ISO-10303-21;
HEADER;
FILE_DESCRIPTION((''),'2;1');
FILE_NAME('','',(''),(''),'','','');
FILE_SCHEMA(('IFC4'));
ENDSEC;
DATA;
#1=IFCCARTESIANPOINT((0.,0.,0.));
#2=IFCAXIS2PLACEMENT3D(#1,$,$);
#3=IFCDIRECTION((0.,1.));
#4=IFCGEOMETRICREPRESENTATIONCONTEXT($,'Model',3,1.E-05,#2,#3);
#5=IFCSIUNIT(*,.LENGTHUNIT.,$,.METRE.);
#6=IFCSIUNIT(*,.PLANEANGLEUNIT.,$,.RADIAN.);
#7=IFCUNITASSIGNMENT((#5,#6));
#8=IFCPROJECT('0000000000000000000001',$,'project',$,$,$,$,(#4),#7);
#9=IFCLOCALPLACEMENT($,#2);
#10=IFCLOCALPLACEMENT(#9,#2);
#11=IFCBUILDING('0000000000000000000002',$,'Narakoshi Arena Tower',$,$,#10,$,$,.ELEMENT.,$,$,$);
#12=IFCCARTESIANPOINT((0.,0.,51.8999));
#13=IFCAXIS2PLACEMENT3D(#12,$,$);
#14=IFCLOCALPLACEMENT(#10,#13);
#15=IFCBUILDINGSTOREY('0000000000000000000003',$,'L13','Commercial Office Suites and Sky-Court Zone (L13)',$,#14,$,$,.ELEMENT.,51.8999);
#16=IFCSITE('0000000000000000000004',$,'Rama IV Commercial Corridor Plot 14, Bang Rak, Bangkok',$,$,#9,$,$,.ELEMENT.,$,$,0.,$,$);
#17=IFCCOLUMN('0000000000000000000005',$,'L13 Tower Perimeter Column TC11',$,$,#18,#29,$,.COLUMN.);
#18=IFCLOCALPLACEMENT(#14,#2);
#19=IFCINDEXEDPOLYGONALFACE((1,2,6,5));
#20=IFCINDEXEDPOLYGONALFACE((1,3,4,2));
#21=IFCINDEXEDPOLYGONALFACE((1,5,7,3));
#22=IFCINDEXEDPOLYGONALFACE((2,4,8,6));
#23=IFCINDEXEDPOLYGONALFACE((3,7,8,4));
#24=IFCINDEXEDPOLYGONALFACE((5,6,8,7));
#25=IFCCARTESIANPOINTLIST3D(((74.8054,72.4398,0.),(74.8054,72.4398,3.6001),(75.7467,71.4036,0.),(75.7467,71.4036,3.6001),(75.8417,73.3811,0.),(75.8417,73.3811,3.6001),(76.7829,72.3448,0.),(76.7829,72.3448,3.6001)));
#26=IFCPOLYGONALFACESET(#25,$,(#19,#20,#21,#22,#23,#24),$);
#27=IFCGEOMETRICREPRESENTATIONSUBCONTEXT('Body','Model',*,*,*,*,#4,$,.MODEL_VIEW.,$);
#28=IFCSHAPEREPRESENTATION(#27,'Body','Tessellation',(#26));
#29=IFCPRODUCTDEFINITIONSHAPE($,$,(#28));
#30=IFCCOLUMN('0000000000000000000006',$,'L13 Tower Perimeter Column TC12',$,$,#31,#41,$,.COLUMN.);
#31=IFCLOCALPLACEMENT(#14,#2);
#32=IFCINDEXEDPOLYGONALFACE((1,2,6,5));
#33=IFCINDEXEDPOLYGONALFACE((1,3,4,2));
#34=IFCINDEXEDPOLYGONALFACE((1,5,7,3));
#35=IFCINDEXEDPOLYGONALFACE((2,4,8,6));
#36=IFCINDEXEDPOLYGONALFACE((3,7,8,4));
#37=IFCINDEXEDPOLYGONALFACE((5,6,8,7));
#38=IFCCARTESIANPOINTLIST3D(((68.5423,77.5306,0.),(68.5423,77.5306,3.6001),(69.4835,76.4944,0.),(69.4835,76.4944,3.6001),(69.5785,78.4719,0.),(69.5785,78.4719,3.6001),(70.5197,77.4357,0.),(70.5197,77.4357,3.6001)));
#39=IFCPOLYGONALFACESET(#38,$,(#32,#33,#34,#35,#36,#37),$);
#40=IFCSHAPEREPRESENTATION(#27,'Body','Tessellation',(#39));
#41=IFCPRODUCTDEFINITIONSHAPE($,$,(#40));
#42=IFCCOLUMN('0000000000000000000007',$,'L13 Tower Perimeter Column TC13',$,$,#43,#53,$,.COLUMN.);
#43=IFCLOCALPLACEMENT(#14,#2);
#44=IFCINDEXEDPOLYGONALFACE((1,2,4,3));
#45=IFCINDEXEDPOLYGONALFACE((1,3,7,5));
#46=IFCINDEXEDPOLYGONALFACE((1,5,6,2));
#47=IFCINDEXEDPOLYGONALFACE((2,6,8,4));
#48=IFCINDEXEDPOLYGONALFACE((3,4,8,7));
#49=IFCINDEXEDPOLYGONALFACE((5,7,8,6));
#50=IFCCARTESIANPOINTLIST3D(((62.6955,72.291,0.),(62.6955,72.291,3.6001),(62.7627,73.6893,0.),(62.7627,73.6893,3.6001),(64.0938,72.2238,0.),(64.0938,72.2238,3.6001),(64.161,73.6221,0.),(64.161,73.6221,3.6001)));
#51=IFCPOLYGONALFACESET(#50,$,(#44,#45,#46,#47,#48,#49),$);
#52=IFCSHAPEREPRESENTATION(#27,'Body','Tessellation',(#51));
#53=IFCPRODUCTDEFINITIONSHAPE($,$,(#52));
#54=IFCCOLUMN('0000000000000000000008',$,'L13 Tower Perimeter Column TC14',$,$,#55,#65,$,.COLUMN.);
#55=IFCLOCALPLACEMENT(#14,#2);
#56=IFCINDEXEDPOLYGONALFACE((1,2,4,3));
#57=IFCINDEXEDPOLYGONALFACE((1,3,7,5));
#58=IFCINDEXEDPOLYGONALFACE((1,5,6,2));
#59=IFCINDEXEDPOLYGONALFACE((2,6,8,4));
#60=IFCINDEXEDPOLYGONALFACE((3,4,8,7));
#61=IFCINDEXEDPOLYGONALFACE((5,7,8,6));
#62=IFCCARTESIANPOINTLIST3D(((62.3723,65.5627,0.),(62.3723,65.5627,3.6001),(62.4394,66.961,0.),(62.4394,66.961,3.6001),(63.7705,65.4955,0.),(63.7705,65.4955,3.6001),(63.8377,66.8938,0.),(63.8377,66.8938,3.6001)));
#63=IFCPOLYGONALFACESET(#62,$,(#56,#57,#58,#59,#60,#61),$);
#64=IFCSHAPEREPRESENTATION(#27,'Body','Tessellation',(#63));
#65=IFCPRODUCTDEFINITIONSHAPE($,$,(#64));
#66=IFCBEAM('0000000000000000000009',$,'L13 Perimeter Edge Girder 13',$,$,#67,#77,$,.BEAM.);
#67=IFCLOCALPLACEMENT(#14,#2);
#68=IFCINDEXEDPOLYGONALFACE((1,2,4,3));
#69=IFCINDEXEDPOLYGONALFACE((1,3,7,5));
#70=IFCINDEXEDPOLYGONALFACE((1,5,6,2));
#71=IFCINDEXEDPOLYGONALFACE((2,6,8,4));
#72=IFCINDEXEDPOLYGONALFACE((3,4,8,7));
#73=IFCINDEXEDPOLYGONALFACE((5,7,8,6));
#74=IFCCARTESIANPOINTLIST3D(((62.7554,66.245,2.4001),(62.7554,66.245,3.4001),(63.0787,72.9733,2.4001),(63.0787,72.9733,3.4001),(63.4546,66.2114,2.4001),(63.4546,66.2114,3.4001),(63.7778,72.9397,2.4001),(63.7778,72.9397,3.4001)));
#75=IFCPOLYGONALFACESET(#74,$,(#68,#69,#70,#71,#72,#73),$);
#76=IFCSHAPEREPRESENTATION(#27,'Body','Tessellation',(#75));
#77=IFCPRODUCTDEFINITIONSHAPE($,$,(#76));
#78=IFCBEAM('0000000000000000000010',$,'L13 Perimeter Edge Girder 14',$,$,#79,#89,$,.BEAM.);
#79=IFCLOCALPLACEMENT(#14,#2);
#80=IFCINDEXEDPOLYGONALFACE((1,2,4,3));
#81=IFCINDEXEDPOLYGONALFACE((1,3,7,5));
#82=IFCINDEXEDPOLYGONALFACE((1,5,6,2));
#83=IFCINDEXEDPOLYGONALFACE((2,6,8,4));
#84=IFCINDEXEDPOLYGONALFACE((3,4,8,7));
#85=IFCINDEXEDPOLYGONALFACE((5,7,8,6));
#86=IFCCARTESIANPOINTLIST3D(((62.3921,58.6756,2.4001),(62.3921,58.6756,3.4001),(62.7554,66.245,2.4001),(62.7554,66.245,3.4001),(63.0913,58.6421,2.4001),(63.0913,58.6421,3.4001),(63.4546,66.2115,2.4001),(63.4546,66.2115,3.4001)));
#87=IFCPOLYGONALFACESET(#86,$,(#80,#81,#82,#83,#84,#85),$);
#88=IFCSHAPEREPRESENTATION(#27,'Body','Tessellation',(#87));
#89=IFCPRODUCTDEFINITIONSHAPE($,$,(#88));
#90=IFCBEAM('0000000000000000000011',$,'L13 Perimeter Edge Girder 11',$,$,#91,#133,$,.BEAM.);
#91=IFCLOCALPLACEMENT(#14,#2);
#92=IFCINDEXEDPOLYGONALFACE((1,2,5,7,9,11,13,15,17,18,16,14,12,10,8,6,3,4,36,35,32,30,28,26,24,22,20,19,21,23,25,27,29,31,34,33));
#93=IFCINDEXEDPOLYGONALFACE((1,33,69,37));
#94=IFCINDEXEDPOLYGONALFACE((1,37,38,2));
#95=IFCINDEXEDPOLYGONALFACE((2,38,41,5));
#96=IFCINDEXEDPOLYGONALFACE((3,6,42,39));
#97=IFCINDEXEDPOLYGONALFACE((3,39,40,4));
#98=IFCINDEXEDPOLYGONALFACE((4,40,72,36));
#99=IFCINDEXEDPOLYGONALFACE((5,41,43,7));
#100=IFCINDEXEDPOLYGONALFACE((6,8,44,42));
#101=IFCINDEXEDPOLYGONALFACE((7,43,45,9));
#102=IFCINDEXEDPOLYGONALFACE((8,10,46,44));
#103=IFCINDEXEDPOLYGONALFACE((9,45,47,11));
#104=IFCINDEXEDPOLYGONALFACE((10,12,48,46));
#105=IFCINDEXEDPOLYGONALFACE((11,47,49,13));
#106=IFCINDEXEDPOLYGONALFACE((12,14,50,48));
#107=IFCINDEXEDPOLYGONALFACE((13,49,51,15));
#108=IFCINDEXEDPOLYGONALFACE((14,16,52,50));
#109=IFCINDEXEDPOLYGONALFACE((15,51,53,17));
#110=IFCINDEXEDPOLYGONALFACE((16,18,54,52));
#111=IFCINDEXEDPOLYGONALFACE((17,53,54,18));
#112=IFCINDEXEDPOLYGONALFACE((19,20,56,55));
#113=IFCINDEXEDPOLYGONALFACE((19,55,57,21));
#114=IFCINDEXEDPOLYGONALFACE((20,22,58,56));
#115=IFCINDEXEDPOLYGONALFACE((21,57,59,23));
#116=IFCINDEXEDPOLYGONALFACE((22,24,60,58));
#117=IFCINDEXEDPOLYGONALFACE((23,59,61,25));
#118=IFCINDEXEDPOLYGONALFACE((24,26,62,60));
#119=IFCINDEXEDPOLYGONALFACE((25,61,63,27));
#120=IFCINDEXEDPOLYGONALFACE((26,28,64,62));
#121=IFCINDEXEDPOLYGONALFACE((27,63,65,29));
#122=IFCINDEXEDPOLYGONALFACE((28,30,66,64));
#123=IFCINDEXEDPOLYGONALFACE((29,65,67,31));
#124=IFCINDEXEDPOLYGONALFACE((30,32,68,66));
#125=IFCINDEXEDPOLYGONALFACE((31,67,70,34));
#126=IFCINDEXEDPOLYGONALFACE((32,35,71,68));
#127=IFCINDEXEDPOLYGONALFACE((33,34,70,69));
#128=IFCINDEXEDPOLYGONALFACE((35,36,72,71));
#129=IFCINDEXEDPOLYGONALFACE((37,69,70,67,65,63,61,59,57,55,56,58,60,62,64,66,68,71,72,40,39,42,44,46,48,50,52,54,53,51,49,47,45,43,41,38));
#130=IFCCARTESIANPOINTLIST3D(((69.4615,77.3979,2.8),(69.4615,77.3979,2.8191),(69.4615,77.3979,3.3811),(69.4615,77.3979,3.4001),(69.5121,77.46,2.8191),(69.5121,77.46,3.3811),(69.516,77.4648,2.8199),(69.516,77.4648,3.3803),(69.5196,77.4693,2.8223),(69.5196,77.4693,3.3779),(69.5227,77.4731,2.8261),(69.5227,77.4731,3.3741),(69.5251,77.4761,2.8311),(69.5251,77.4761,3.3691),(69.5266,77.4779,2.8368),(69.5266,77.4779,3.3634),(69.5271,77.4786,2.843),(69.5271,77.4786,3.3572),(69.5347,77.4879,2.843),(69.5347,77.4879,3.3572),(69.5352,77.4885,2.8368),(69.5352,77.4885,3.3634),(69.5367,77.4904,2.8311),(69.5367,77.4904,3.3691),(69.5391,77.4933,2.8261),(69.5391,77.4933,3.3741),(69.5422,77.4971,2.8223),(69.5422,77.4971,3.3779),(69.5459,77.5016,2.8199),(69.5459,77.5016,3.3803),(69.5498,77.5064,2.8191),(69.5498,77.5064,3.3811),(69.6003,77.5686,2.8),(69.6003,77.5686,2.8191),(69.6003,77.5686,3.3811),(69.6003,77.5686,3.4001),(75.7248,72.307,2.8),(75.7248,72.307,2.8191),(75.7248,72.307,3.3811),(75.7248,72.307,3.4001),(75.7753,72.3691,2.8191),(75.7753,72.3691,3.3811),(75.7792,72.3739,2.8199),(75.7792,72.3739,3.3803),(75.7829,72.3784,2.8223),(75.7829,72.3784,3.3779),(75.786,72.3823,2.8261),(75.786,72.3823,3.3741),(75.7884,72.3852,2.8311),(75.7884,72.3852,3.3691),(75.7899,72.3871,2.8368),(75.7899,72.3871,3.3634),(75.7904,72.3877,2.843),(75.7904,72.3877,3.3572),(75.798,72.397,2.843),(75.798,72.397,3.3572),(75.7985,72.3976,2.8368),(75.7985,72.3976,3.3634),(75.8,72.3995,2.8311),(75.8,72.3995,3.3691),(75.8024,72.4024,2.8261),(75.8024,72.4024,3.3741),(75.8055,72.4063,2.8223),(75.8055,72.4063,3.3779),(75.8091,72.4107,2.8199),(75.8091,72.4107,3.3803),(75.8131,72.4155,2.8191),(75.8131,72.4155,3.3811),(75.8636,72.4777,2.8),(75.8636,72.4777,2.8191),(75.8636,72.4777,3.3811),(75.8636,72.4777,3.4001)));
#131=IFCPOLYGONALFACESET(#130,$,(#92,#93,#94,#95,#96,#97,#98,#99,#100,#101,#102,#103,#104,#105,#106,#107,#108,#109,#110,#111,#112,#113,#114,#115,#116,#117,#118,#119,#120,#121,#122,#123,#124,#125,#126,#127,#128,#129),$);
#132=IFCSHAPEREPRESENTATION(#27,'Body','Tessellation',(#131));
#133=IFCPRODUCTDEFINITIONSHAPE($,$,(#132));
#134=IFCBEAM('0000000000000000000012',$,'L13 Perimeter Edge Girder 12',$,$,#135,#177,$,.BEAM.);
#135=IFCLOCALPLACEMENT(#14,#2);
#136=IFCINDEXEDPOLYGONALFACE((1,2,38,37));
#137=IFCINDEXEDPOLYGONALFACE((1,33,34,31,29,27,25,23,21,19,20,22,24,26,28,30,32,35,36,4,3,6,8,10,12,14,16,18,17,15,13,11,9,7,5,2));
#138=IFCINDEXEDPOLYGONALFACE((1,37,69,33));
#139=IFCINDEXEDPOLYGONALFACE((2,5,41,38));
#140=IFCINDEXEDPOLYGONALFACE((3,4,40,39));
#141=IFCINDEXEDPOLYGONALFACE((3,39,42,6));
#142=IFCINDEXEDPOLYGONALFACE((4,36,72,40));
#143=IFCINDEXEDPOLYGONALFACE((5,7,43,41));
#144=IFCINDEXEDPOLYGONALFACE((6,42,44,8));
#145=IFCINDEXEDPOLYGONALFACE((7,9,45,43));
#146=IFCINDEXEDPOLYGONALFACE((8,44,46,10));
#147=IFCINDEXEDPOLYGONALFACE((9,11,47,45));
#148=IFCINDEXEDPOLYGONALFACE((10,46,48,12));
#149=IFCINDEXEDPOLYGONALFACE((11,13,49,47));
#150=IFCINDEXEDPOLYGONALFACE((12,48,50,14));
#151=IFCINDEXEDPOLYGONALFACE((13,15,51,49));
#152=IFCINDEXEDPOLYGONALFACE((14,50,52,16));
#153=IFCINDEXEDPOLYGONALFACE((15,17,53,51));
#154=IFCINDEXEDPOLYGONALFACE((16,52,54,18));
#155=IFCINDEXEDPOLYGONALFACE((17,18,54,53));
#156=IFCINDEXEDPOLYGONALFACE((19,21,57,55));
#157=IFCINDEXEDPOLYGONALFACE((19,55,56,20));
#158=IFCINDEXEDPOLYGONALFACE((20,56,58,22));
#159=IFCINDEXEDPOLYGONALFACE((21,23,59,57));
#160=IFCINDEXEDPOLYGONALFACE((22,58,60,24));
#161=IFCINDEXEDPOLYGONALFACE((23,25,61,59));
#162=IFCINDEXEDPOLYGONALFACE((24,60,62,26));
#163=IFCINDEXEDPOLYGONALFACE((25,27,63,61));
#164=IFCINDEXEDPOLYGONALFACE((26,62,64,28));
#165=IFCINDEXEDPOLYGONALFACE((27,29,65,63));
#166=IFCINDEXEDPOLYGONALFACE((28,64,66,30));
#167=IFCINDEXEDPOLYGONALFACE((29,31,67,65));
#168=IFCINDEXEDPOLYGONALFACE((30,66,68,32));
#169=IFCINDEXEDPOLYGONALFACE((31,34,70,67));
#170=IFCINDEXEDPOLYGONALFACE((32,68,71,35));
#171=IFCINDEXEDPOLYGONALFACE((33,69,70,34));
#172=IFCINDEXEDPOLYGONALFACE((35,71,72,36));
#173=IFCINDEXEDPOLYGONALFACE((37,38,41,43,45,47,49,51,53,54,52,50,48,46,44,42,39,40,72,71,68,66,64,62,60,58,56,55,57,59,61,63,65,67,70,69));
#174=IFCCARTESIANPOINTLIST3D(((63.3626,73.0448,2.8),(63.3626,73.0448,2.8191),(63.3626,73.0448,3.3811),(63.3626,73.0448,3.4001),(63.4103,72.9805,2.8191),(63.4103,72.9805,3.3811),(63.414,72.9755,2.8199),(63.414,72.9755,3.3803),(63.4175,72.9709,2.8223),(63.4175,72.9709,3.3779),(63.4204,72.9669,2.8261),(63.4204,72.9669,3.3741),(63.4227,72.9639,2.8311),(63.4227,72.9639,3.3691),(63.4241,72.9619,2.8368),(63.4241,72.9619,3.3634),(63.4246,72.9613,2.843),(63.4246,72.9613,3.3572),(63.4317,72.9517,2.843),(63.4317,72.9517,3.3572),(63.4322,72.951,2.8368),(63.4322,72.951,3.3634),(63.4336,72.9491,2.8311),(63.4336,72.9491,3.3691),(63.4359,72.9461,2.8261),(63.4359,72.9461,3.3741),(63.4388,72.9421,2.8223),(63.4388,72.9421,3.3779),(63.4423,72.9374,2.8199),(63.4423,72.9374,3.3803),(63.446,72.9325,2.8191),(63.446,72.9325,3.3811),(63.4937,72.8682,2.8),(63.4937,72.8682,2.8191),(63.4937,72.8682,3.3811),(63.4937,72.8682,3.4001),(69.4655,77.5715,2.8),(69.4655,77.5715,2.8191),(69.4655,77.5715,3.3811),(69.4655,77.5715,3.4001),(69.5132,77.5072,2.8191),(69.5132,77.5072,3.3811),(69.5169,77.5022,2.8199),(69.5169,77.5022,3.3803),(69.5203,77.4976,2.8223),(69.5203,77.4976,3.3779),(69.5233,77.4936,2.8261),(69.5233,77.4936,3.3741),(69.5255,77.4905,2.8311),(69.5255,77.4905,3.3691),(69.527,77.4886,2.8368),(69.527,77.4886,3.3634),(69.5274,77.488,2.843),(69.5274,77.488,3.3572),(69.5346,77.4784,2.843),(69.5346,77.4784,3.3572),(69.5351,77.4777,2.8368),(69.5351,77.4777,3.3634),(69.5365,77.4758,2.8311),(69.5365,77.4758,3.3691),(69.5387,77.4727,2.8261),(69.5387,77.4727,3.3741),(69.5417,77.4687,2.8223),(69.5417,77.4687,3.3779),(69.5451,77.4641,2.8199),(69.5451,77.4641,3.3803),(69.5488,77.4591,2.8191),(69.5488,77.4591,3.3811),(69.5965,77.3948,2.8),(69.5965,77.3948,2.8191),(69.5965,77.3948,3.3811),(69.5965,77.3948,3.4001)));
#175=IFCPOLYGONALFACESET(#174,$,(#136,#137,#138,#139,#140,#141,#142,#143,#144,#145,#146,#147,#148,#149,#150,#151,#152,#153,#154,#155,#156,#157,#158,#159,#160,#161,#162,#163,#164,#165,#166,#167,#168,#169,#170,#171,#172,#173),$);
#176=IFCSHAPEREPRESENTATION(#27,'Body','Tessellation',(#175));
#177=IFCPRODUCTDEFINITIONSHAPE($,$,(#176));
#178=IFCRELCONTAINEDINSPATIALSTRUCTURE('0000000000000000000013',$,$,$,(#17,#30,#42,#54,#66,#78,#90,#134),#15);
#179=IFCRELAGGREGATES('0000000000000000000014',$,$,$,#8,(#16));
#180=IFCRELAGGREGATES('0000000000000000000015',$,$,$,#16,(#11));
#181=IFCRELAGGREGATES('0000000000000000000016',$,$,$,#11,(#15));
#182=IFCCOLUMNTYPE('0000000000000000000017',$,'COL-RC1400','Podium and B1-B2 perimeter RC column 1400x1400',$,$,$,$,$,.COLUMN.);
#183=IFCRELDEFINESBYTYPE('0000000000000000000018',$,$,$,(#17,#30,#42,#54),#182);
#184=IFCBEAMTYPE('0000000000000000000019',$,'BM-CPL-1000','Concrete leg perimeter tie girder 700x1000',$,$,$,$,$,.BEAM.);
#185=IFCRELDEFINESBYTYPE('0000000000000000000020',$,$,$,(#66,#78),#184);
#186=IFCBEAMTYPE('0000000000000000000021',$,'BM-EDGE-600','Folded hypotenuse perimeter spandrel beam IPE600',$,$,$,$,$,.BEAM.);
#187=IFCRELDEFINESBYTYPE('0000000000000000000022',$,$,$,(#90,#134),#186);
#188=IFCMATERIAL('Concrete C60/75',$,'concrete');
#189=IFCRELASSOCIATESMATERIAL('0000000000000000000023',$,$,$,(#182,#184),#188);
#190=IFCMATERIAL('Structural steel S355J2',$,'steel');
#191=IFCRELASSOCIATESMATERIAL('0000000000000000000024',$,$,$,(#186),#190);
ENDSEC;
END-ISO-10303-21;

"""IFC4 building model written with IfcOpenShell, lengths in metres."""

from ifc_helpers import new_model, si_unit, direction, frame, origin, origin_2d, place, context, subcontext, project, spatial, rectangle, i_section, extrude, material, material_profile, profile_set, type_object, element, save


model = new_model("IFC4")

# Units and contexts
model_context = context("Model", 3, precision=1e-05, world=origin(), true_north=direction((0.0, 1.0)))
body_context = subcontext(model_context, "Body", "Model", "MODEL_VIEW")
ifc_project = project(units=[si_unit("LENGTHUNIT", "METRE"), si_unit("PLANEANGLEUNIT", "RADIAN")], contexts=[model_context])

# Site, building, storey
site_placement = place(None, origin())
site = spatial("IfcSite", under=ifc_project, at=site_placement, Name="Rama IV Commercial Corridor Plot 14, Bang Rak, Bangkok", CompositionType="ELEMENT", RefElevation=0.0)
building_placement = place(site_placement, origin())
building = spatial("IfcBuilding", under=site, at=building_placement, Name="Narakoshi Arena Tower", CompositionType="ELEMENT")
storey_placement = place(building_placement, frame((0.0, 0.0, 51.8999)))
storey = spatial("IfcBuildingStorey", under=building, at=storey_placement, Name="L13", Description="Commercial Office Suites and Sky-Court Zone (L13)", CompositionType="ELEMENT", Elevation=51.8999)

# Columns
ifc_material_1 = material(Name="Concrete C60/75", Category="concrete")
ifc_material_profile_1 = material_profile(ifc_material_1, rectangle(XDim=1.3999, YDim=1.3999, at=origin_2d()), Name="RC1400x1400")
ifc_profile_set_1 = profile_set([ifc_material_profile_1], Name="Concrete C60/75")
column_type = type_object("IfcColumnType", Name="COL-RC1400", Description="Podium and B1-B2 perimeter RC column 1400x1400", PredefinedType="COLUMN", material=ifc_profile_set_1)
for number, where, z_axis, x_axis, name in (
    (1, (75.7942, 72.3923, 0.0), (0.0, 0.0, 1.0), (0.740218, 0.672367, 0.0), "L13 Tower Perimeter Column TC11"),
    (2, (69.531, 77.4832, 0.0), (0.0, 0.0, 1.0), (0.740218, 0.672367, 0.0), "L13 Tower Perimeter Column TC12"),
    (3, (63.4282, 72.9565, 0.0), (0.0, 0.0, 1.0), (0.047978, 0.998848, 0.0), "L13 Tower Perimeter Column TC13"),
    (4, (63.105, 66.2283, 0.0), (0.0, 0.0, 1.0), (0.047978, 0.998848, 0.0), "L13 Tower Perimeter Column TC14"),
):
    element("IfcColumn", number, at=place(storey_placement, frame(where, z_axis=z_axis, x_axis=x_axis)), inside=storey, type_object=column_type, Name=name, PredefinedType="COLUMN", context=body_context, shape_type="SweptSolid", body=[
        extrude(rectangle(XDim=1.3999, YDim=1.3999, at=origin_2d()), origin(), (0.0, 0.0, 1.0), 3.6001),
    ])

# Beams
ifc_material_profile_2 = material_profile(ifc_material_1, rectangle(XDim=0.7, YDim=1.0, at=origin_2d()), Name="RCB700x1000")
ifc_profile_set_2 = profile_set([ifc_material_profile_2], Name="Concrete C60/75")
beam_type_1 = type_object("IfcBeamType", Name="BM-CPL-1000", Description="Concrete leg perimeter tie girder 700x1000", PredefinedType="BEAM", material=ifc_profile_set_2)
beam_1_placement = place(storey_placement, frame((63.4282, 72.9565, 2.9001), z_axis=(-0.047987, -0.998848, 0.0), x_axis=(0.998848, -0.047987, 0.0)))
element("IfcBeam", 5, at=beam_1_placement, inside=storey, type_object=beam_type_1, Name="L13 Perimeter Edge Girder 13", PredefinedType="BEAM", context=body_context, shape_type="SweptSolid", body=[
    extrude(rectangle(XDim=0.7, YDim=1.0, at=origin_2d()), origin(), (0.0, 0.0, 1.0), 6.7361),
])
beam_2_placement = place(storey_placement, frame((63.105, 66.2283, 2.9001), z_axis=(-0.047939, -0.99885, 0.0), x_axis=(0.99885, -0.047939, 0.0)))
element("IfcBeam", 6, at=beam_2_placement, inside=storey, type_object=beam_type_1, Name="L13 Perimeter Edge Girder 14", PredefinedType="BEAM", context=body_context, shape_type="SweptSolid", body=[
    extrude(rectangle(XDim=0.7, YDim=1.0, at=origin_2d()), origin(), (0.0, 0.0, 1.0), 7.5781),
])
ifc_material_2 = material(Name="Structural steel S355J2", Category="steel")
ifc_material_profile_3 = material_profile(ifc_material_2, i_section(OverallWidth=0.22, OverallDepth=0.6001, WebThickness=0.012, FlangeThickness=0.019, FilletRadius=0.0239, at=origin_2d()), Name="IPE600")
ifc_profile_set_3 = profile_set([ifc_material_profile_3], Name="Structural steel S355J2")
beam_type_2 = type_object("IfcBeamType", Name="BM-EDGE-600", Description="Folded hypotenuse perimeter spandrel beam IPE600", PredefinedType="BEAM", material=ifc_profile_set_3)
beam_3_placement = place(storey_placement, frame((75.7942, 72.3923, 3.1001), z_axis=(-0.775994, 0.630741, 0.0), x_axis=(-0.630741, -0.775994, 0.0)))
element("IfcBeam", 7, at=beam_3_placement, inside=storey, type_object=beam_type_2, Name="L13 Perimeter Edge Girder 11", PredefinedType="BEAM", context=body_context, shape_type="SweptSolid", body=[
    extrude(i_section(OverallWidth=0.22, OverallDepth=0.6001, WebThickness=0.012, FlangeThickness=0.019, FilletRadius=0.0239, at=origin_2d()), origin(), (0.0, 0.0, 1.0), 8.0713),
])
beam_4_placement = place(storey_placement, frame((69.531, 77.4832, 3.1001), z_axis=(-0.803177, -0.59574, 0.0), x_axis=(0.59574, -0.803177, 0.0)))
element("IfcBeam", 8, at=beam_4_placement, inside=storey, type_object=beam_type_2, Name="L13 Perimeter Edge Girder 12", PredefinedType="BEAM", context=body_context, shape_type="SweptSolid", body=[
    extrude(i_section(OverallWidth=0.22, OverallDepth=0.6001, WebThickness=0.012, FlangeThickness=0.019, FilletRadius=0.0239, at=origin_2d()), origin(), (0.0, 0.0, 1.0), 7.5984),
])

save(model, "model.ifc")
